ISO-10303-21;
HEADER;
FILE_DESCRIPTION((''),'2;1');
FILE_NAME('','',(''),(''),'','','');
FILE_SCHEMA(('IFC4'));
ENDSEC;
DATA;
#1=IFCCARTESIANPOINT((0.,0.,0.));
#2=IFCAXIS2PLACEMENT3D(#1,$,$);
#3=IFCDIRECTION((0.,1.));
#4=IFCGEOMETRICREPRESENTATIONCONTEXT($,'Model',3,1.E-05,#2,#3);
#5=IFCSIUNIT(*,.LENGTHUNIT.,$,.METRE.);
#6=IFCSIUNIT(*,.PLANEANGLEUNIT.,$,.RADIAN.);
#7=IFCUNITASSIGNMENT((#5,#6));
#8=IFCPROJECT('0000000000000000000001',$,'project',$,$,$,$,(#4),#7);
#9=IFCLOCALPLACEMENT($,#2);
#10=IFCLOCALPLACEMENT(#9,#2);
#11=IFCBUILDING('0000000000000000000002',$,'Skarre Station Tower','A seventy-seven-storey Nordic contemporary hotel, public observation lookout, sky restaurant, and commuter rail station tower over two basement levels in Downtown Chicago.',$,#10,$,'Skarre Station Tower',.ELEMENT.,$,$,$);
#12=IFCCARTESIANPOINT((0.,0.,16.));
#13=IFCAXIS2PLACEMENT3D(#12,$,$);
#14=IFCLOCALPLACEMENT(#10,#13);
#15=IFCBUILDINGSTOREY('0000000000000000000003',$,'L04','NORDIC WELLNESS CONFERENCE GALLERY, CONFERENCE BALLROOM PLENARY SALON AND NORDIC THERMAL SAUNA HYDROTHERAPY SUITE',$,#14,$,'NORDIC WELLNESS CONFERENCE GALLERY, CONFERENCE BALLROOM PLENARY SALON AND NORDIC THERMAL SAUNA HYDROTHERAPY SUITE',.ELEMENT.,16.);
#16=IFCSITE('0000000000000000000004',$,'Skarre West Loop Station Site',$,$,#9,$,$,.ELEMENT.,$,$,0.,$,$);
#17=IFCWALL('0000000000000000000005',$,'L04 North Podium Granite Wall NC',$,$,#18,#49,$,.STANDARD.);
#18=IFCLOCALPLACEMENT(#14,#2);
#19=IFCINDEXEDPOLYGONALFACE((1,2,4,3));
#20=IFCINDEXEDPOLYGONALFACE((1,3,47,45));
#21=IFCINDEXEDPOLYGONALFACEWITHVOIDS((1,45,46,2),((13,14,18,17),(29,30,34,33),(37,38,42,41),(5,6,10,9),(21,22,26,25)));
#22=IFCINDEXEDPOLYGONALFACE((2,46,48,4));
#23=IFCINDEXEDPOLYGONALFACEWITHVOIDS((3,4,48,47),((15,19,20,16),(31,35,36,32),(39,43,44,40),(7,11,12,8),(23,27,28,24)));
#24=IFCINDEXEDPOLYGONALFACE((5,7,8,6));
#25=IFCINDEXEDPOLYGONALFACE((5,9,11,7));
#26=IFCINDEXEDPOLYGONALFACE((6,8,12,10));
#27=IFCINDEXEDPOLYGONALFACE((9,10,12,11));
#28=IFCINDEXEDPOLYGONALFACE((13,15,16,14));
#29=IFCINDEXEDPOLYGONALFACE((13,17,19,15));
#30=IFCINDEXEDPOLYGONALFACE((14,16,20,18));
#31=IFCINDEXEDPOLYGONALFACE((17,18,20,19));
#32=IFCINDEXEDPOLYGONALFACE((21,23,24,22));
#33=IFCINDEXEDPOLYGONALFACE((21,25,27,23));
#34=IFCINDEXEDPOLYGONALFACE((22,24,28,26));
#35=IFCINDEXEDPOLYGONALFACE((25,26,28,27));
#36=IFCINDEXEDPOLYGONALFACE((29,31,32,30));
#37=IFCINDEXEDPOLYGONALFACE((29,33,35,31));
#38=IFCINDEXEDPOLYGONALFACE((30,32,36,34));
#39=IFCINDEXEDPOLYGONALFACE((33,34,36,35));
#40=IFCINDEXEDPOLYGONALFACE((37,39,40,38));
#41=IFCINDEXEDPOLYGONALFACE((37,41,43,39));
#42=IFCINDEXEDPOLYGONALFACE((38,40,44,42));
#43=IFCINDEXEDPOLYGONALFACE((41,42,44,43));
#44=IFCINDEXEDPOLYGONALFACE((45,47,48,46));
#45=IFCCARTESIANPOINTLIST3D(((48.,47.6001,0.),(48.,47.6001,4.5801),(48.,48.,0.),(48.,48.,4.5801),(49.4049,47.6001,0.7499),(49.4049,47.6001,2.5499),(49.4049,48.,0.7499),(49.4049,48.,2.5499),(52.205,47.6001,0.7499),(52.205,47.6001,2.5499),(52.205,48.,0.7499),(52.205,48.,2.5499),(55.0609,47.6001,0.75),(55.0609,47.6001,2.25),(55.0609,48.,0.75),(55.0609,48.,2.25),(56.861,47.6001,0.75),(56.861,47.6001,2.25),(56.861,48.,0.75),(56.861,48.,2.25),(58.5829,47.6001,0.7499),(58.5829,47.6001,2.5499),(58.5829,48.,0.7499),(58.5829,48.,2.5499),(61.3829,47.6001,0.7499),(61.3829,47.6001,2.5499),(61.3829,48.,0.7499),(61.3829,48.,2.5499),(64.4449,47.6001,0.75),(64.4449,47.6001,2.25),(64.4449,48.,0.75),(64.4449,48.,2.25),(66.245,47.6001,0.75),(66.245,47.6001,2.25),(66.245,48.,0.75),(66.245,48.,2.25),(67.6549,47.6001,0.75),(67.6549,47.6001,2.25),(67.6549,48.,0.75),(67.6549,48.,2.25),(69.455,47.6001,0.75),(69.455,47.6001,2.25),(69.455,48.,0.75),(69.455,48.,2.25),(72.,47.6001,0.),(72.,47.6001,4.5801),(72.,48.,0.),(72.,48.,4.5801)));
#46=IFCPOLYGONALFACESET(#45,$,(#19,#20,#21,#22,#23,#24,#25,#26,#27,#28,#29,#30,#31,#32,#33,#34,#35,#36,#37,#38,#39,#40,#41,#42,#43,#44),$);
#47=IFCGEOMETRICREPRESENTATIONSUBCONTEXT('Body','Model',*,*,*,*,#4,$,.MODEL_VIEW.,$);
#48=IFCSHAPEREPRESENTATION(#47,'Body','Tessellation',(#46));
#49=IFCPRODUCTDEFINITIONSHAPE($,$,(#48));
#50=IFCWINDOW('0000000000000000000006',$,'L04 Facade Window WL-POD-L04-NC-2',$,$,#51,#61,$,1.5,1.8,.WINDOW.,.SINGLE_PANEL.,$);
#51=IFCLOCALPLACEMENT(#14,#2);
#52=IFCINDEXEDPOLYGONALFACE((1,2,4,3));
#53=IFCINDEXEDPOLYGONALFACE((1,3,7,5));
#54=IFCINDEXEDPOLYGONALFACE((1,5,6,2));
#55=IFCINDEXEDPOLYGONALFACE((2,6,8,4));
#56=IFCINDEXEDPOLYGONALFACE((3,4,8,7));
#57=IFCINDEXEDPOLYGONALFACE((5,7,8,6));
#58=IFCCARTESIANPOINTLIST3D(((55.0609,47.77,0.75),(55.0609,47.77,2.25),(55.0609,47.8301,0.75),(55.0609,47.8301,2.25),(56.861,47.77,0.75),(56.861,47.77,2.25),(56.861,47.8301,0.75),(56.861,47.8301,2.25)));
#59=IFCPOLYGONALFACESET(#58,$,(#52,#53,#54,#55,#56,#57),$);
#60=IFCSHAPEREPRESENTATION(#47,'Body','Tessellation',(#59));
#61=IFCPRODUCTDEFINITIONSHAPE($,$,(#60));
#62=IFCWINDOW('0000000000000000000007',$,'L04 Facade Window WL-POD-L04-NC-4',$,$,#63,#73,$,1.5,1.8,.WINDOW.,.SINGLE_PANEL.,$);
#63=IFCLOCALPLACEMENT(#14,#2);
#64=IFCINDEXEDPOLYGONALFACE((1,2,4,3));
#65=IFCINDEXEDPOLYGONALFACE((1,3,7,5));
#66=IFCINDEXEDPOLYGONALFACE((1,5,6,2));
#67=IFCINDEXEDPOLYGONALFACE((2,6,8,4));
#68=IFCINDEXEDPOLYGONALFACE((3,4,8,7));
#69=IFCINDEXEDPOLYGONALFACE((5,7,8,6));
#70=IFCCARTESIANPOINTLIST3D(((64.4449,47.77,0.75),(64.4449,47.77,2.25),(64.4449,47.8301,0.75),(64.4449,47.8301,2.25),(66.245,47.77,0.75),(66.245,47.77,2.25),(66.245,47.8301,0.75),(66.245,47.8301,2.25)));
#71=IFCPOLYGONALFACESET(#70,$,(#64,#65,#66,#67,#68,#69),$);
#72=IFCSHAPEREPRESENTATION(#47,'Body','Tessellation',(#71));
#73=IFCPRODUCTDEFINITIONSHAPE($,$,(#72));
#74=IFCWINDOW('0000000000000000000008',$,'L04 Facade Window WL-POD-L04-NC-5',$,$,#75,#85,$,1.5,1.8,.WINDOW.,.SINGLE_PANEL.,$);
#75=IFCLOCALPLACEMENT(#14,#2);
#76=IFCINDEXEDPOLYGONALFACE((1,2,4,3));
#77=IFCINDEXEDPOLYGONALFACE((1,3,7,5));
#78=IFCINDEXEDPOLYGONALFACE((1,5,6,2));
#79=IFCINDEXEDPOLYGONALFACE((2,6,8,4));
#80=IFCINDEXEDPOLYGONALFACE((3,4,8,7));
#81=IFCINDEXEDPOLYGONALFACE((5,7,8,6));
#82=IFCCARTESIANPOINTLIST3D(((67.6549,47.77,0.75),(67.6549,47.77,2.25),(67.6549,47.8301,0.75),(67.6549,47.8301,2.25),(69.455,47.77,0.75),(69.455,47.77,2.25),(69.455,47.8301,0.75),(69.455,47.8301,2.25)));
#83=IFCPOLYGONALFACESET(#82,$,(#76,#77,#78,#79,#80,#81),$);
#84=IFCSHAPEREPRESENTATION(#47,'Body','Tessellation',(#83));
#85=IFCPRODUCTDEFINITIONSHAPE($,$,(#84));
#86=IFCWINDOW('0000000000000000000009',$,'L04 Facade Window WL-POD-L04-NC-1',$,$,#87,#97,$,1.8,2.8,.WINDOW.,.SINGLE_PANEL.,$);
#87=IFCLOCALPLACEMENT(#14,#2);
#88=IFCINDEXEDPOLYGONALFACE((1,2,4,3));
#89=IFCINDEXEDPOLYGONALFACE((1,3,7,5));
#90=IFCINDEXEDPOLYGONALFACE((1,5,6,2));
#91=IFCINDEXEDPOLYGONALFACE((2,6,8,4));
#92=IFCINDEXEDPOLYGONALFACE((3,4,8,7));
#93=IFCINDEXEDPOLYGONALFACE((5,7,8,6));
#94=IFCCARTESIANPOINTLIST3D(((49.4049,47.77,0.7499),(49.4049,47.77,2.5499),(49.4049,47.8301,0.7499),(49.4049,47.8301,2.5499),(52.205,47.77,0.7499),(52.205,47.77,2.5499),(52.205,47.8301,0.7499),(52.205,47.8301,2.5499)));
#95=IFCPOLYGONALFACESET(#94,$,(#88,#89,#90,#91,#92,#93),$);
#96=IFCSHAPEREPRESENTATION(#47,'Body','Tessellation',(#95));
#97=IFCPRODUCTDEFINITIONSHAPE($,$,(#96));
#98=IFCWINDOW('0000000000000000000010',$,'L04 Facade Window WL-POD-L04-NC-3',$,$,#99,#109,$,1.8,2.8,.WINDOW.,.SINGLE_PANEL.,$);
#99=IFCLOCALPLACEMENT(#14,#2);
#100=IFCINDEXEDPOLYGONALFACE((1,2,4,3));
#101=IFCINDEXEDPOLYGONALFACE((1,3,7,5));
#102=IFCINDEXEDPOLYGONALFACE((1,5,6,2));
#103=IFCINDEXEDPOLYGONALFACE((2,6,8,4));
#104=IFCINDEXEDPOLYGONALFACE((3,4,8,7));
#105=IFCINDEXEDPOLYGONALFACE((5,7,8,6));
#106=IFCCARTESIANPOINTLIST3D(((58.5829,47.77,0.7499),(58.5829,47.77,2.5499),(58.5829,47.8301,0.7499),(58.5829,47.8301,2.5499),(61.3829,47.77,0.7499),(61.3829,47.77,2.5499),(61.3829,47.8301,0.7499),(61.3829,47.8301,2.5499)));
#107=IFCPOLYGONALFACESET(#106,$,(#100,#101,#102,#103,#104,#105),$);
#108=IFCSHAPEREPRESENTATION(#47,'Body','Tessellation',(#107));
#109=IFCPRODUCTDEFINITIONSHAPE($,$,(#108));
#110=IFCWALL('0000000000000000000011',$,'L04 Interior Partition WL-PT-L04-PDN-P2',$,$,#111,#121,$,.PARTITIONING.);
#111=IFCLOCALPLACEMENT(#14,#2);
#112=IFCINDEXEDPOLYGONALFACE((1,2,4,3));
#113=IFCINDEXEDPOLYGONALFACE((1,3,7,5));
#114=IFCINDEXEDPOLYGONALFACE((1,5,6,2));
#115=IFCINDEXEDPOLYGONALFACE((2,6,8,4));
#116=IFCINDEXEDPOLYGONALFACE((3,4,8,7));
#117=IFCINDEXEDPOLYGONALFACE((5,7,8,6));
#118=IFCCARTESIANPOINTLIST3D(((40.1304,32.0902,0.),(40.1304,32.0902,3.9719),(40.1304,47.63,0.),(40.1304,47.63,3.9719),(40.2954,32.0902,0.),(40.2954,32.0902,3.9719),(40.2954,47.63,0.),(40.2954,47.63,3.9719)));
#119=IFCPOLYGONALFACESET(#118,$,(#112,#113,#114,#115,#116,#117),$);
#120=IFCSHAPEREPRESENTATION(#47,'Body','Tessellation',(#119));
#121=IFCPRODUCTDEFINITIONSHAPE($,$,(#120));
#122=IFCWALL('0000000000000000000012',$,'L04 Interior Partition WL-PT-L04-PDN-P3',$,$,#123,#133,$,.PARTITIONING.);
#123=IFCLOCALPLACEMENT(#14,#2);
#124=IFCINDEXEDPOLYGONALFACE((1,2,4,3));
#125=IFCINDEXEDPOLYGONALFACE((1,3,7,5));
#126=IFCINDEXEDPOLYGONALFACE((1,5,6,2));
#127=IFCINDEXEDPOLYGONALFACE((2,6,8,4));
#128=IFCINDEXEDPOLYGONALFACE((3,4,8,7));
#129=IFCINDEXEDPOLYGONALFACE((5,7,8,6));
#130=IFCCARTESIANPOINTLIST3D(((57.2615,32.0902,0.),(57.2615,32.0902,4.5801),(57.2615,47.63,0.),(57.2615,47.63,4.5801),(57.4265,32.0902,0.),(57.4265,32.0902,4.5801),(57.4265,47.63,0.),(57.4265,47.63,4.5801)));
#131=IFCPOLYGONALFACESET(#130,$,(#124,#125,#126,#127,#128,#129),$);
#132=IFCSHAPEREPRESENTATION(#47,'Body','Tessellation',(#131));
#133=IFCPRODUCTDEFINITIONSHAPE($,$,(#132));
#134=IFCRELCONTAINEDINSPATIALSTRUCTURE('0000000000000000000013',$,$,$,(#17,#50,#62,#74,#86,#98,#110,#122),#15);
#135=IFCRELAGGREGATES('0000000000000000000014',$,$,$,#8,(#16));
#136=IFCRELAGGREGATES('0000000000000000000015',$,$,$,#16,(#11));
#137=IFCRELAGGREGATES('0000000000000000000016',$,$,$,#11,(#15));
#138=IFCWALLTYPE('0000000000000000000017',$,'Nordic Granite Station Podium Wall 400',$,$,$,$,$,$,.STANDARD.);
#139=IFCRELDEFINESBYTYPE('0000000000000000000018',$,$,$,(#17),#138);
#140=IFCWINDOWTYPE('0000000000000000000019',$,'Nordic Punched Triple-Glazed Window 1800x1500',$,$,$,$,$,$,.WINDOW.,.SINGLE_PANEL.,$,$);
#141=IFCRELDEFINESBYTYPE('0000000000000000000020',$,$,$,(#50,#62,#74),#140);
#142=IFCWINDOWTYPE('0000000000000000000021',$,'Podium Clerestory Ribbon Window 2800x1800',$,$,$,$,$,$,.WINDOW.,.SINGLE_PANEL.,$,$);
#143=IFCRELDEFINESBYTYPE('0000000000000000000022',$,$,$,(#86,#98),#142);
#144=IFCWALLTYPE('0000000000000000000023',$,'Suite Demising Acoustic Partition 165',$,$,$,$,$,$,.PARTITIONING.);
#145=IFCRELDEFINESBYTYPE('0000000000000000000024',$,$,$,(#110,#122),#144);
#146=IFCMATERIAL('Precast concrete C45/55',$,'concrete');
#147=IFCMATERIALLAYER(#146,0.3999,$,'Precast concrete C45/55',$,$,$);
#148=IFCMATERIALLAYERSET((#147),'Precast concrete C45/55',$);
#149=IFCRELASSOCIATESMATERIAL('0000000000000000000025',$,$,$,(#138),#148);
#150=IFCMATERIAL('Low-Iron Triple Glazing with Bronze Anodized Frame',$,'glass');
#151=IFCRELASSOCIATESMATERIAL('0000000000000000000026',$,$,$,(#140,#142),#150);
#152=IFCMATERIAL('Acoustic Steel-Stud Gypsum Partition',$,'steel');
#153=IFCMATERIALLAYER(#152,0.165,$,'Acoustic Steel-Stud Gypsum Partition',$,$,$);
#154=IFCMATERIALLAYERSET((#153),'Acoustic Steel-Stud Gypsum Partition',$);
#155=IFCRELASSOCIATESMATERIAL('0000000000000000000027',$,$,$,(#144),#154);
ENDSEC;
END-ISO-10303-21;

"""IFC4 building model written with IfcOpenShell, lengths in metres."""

from ifc_helpers import new_model, si_unit, direction, frame, frame_2d, origin, place, context, subcontext, project, spatial, rectangle, extrude, material, layer, layer_set, type_object, element, fill, save


model = new_model("IFC4")

# Units and contexts
model_context = context("Model", 3, precision=1e-05, world=origin(), true_north=direction((0.0, 1.0)))
body_context = subcontext(model_context, "Body", "Model", "MODEL_VIEW")
ifc_project = project(units=[si_unit("LENGTHUNIT", "METRE"), si_unit("PLANEANGLEUNIT", "RADIAN")], contexts=[model_context])

# Site, building, storey
site_placement = place(None, origin())
site = spatial("IfcSite", under=ifc_project, at=site_placement, Name="Skarre West Loop Station Site", CompositionType="ELEMENT", RefElevation=0.0)
building_placement = place(site_placement, origin())
building = spatial("IfcBuilding", under=site, at=building_placement, Name="Skarre Station Tower", Description="A seventy-seven-storey Nordic contemporary hotel, public observation lookout, sky restaurant, and commuter rail station tower over two basement levels in Downtown Chicago.", LongName="Skarre Station Tower", CompositionType="ELEMENT")
storey_placement = place(building_placement, frame((0.0, 0.0, 16.0)))
storey = spatial("IfcBuildingStorey", under=building, at=storey_placement, Name="L04", Description="NORDIC WELLNESS CONFERENCE GALLERY, CONFERENCE BALLROOM PLENARY SALON AND NORDIC THERMAL SAUNA HYDROTHERAPY SUITE", LongName="NORDIC WELLNESS CONFERENCE GALLERY, CONFERENCE BALLROOM PLENARY SALON AND NORDIC THERMAL SAUNA HYDROTHERAPY SUITE", CompositionType="ELEMENT", Elevation=16.0)

# Shared definitions
ifc_material_1 = material(Name="Acoustic Steel-Stud Gypsum Partition", Category="steel")

# Wall, openings, windows
ifc_material_2 = material(Name="Precast concrete C45/55", Category="concrete")
ifc_layer_1 = layer(ifc_material_2, 0.3999, Name="Precast concrete C45/55")
ifc_layer_set_1 = layer_set([ifc_layer_1], Name="Precast concrete C45/55")
wall_type_1 = type_object("IfcWallType", Name="Nordic Granite Station Podium Wall 400", PredefinedType="STANDARD", material=ifc_layer_set_1)
wall_1_placement = place(storey_placement, frame((48.0, 47.8, 0.0), z_axis=(0.0, 0.0, 1.0), x_axis=(1.0, 0.0, 0.0)))
wall_1 = element("IfcWall", 1, at=wall_1_placement, inside=storey, type_object=wall_type_1, Name="L04 North Podium Granite Wall NC", PredefinedType="STANDARD", context=body_context, shape_type="SweptSolid", body=[
    extrude(rectangle(XDim=24.0, YDim=0.3999, at=frame_2d((12.0, 0.0))), origin(), (0.0, 0.0, 1.0), 4.5801),
])
opening_1_placement = place(wall_1_placement, frame((1.405, 0.0, 0.75)))
opening_1 = element("IfcOpeningElement", 2, at=opening_1_placement, cuts=wall_1, PredefinedType="OPENING", context=body_context, shape_type="SweptSolid", body=[
    extrude(rectangle(XDim=2.8, YDim=1.8, at=frame_2d((1.3999, 0.8999))), frame((0.0, 0.21, 0.0), z_axis=(0.0, -1.0, 0.0), x_axis=(1.0, 0.0, 0.0)), (0.0, 0.0, 1.0), 0.4199),
])
opening_2_placement = place(wall_1_placement, frame((7.061, 0.0, 0.75)))
opening_2 = element("IfcOpeningElement", 3, at=opening_2_placement, cuts=wall_1, PredefinedType="OPENING", context=body_context, shape_type="SweptSolid", body=[
    extrude(rectangle(XDim=1.8, YDim=1.5, at=frame_2d((0.8999, 0.75))), frame((0.0, 0.21, 0.0), z_axis=(0.0, -1.0, 0.0), x_axis=(1.0, 0.0, 0.0)), (0.0, 0.0, 1.0), 0.4199),
])
opening_3_placement = place(wall_1_placement, frame((10.583, 0.0, 0.75)))
opening_3 = element("IfcOpeningElement", 4, at=opening_3_placement, cuts=wall_1, PredefinedType="OPENING", context=body_context, shape_type="SweptSolid", body=[
    extrude(rectangle(XDim=2.8, YDim=1.8, at=frame_2d((1.3999, 0.8999))), frame((0.0, 0.21, 0.0), z_axis=(0.0, -1.0, 0.0), x_axis=(1.0, 0.0, 0.0)), (0.0, 0.0, 1.0), 0.4199),
])
opening_4_placement = place(wall_1_placement, frame((16.4451, 0.0, 0.75)))
opening_4 = element("IfcOpeningElement", 5, at=opening_4_placement, cuts=wall_1, PredefinedType="OPENING", context=body_context, shape_type="SweptSolid", body=[
    extrude(rectangle(XDim=1.8, YDim=1.5, at=frame_2d((0.8999, 0.75))), frame((0.0, 0.21, 0.0), z_axis=(0.0, -1.0, 0.0), x_axis=(1.0, 0.0, 0.0)), (0.0, 0.0, 1.0), 0.4199),
])
opening_5_placement = place(wall_1_placement, frame((19.655, 0.0, 0.75)))
opening_5 = element("IfcOpeningElement", 6, at=opening_5_placement, cuts=wall_1, PredefinedType="OPENING", context=body_context, shape_type="SweptSolid", body=[
    extrude(rectangle(XDim=1.8, YDim=1.5, at=frame_2d((0.8999, 0.75))), frame((0.0, 0.21, 0.0), z_axis=(0.0, -1.0, 0.0), x_axis=(1.0, 0.0, 0.0)), (0.0, 0.0, 1.0), 0.4199),
])
ifc_material_3 = material(Name="Low-Iron Triple Glazing with Bronze Anodized Frame", Category="glass")
window_type_1 = type_object("IfcWindowType", Name="Nordic Punched Triple-Glazed Window 1800x1500", PartitioningType="SINGLE_PANEL", PredefinedType="WINDOW", material=ifc_material_3)
window_1_placement = place(opening_2_placement, origin())
window_1 = element("IfcWindow", 7, at=window_1_placement, inside=storey, type_object=window_type_1, Name="L04 Facade Window WL-POD-L04-NC-2", OverallHeight=1.5, OverallWidth=1.8, PartitioningType="SINGLE_PANEL", PredefinedType="WINDOW", context=body_context, shape_type="SweptSolid", body=[
    extrude(rectangle(XDim=1.8, YDim=1.5, at=frame_2d((0.8999, 0.75))), frame((0.0, 0.03, 0.0), z_axis=(0.0, -1.0, 0.0), x_axis=(1.0, 0.0, 0.0)), (0.0, 0.0, 1.0), 0.0601),
])
fill(opening_2, window_1)
window_2_placement = place(opening_4_placement, origin())
window_2 = element("IfcWindow", 8, at=window_2_placement, inside=storey, type_object=window_type_1, Name="L04 Facade Window WL-POD-L04-NC-4", OverallHeight=1.5, OverallWidth=1.8, PartitioningType="SINGLE_PANEL", PredefinedType="WINDOW", context=body_context, shape_type="SweptSolid", body=[
    extrude(rectangle(XDim=1.8, YDim=1.5, at=frame_2d((0.8999, 0.75))), frame((0.0, 0.03, 0.0), z_axis=(0.0, -1.0, 0.0), x_axis=(1.0, 0.0, 0.0)), (0.0, 0.0, 1.0), 0.0601),
])
fill(opening_4, window_2)
window_3_placement = place(opening_5_placement, origin())
window_3 = element("IfcWindow", 9, at=window_3_placement, inside=storey, type_object=window_type_1, Name="L04 Facade Window WL-POD-L04-NC-5", OverallHeight=1.5, OverallWidth=1.8, PartitioningType="SINGLE_PANEL", PredefinedType="WINDOW", context=body_context, shape_type="SweptSolid", body=[
    extrude(rectangle(XDim=1.8, YDim=1.5, at=frame_2d((0.8999, 0.75))), frame((0.0, 0.03, 0.0), z_axis=(0.0, -1.0, 0.0), x_axis=(1.0, 0.0, 0.0)), (0.0, 0.0, 1.0), 0.0601),
])
fill(opening_5, window_3)
window_type_2 = type_object("IfcWindowType", Name="Podium Clerestory Ribbon Window 2800x1800", PartitioningType="SINGLE_PANEL", PredefinedType="WINDOW", material=ifc_material_3)
window_4_placement = place(opening_1_placement, origin())
window_4 = element("IfcWindow", 10, at=window_4_placement, inside=storey, type_object=window_type_2, Name="L04 Facade Window WL-POD-L04-NC-1", OverallHeight=1.8, OverallWidth=2.8, PartitioningType="SINGLE_PANEL", PredefinedType="WINDOW", context=body_context, shape_type="SweptSolid", body=[
    extrude(rectangle(XDim=2.8, YDim=1.8, at=frame_2d((1.3999, 0.8999))), frame((0.0, 0.03, 0.0), z_axis=(0.0, -1.0, 0.0), x_axis=(1.0, 0.0, 0.0)), (0.0, 0.0, 1.0), 0.0601),
])
fill(opening_1, window_4)
window_5_placement = place(opening_3_placement, origin())
window_5 = element("IfcWindow", 11, at=window_5_placement, inside=storey, type_object=window_type_2, Name="L04 Facade Window WL-POD-L04-NC-3", OverallHeight=1.8, OverallWidth=2.8, PartitioningType="SINGLE_PANEL", PredefinedType="WINDOW", context=body_context, shape_type="SweptSolid", body=[
    extrude(rectangle(XDim=2.8, YDim=1.8, at=frame_2d((1.3999, 0.8999))), frame((0.0, 0.03, 0.0), z_axis=(0.0, -1.0, 0.0), x_axis=(1.0, 0.0, 0.0)), (0.0, 0.0, 1.0), 0.0601),
])
fill(opening_3, window_5)

# Walls
ifc_layer_2 = layer(ifc_material_1, 0.165, Name="Acoustic Steel-Stud Gypsum Partition")
ifc_layer_set_2 = layer_set([ifc_layer_2], Name="Acoustic Steel-Stud Gypsum Partition")
wall_type_2 = type_object("IfcWallType", Name="Suite Demising Acoustic Partition 165", PredefinedType="PARTITIONING", material=ifc_layer_set_2)
wall_2_placement = place(storey_placement, frame((40.2129, 32.0901, 0.0), z_axis=(0.0, 0.0, 1.0), x_axis=(0.0, 1.0, 0.0)))
element("IfcWall", 12, at=wall_2_placement, inside=storey, type_object=wall_type_2, Name="L04 Interior Partition WL-PT-L04-PDN-P2", PredefinedType="PARTITIONING", context=body_context, shape_type="SweptSolid", body=[
    extrude(rectangle(XDim=15.5398, YDim=0.165, at=frame_2d((7.77, 0.0))), origin(), (0.0, 0.0, 1.0), 3.9719),
])
wall_3_placement = place(storey_placement, frame((57.344, 32.0901, 0.0), z_axis=(0.0, 0.0, 1.0), x_axis=(0.0, 1.0, 0.0)))
element("IfcWall", 13, at=wall_3_placement, inside=storey, type_object=wall_type_2, Name="L04 Interior Partition WL-PT-L04-PDN-P3", PredefinedType="PARTITIONING", context=body_context, shape_type="SweptSolid", body=[
    extrude(rectangle(XDim=15.5398, YDim=0.165, at=frame_2d((7.77, 0.0))), origin(), (0.0, 0.0, 1.0), 4.5801),
])

save(model, "model.ifc")
